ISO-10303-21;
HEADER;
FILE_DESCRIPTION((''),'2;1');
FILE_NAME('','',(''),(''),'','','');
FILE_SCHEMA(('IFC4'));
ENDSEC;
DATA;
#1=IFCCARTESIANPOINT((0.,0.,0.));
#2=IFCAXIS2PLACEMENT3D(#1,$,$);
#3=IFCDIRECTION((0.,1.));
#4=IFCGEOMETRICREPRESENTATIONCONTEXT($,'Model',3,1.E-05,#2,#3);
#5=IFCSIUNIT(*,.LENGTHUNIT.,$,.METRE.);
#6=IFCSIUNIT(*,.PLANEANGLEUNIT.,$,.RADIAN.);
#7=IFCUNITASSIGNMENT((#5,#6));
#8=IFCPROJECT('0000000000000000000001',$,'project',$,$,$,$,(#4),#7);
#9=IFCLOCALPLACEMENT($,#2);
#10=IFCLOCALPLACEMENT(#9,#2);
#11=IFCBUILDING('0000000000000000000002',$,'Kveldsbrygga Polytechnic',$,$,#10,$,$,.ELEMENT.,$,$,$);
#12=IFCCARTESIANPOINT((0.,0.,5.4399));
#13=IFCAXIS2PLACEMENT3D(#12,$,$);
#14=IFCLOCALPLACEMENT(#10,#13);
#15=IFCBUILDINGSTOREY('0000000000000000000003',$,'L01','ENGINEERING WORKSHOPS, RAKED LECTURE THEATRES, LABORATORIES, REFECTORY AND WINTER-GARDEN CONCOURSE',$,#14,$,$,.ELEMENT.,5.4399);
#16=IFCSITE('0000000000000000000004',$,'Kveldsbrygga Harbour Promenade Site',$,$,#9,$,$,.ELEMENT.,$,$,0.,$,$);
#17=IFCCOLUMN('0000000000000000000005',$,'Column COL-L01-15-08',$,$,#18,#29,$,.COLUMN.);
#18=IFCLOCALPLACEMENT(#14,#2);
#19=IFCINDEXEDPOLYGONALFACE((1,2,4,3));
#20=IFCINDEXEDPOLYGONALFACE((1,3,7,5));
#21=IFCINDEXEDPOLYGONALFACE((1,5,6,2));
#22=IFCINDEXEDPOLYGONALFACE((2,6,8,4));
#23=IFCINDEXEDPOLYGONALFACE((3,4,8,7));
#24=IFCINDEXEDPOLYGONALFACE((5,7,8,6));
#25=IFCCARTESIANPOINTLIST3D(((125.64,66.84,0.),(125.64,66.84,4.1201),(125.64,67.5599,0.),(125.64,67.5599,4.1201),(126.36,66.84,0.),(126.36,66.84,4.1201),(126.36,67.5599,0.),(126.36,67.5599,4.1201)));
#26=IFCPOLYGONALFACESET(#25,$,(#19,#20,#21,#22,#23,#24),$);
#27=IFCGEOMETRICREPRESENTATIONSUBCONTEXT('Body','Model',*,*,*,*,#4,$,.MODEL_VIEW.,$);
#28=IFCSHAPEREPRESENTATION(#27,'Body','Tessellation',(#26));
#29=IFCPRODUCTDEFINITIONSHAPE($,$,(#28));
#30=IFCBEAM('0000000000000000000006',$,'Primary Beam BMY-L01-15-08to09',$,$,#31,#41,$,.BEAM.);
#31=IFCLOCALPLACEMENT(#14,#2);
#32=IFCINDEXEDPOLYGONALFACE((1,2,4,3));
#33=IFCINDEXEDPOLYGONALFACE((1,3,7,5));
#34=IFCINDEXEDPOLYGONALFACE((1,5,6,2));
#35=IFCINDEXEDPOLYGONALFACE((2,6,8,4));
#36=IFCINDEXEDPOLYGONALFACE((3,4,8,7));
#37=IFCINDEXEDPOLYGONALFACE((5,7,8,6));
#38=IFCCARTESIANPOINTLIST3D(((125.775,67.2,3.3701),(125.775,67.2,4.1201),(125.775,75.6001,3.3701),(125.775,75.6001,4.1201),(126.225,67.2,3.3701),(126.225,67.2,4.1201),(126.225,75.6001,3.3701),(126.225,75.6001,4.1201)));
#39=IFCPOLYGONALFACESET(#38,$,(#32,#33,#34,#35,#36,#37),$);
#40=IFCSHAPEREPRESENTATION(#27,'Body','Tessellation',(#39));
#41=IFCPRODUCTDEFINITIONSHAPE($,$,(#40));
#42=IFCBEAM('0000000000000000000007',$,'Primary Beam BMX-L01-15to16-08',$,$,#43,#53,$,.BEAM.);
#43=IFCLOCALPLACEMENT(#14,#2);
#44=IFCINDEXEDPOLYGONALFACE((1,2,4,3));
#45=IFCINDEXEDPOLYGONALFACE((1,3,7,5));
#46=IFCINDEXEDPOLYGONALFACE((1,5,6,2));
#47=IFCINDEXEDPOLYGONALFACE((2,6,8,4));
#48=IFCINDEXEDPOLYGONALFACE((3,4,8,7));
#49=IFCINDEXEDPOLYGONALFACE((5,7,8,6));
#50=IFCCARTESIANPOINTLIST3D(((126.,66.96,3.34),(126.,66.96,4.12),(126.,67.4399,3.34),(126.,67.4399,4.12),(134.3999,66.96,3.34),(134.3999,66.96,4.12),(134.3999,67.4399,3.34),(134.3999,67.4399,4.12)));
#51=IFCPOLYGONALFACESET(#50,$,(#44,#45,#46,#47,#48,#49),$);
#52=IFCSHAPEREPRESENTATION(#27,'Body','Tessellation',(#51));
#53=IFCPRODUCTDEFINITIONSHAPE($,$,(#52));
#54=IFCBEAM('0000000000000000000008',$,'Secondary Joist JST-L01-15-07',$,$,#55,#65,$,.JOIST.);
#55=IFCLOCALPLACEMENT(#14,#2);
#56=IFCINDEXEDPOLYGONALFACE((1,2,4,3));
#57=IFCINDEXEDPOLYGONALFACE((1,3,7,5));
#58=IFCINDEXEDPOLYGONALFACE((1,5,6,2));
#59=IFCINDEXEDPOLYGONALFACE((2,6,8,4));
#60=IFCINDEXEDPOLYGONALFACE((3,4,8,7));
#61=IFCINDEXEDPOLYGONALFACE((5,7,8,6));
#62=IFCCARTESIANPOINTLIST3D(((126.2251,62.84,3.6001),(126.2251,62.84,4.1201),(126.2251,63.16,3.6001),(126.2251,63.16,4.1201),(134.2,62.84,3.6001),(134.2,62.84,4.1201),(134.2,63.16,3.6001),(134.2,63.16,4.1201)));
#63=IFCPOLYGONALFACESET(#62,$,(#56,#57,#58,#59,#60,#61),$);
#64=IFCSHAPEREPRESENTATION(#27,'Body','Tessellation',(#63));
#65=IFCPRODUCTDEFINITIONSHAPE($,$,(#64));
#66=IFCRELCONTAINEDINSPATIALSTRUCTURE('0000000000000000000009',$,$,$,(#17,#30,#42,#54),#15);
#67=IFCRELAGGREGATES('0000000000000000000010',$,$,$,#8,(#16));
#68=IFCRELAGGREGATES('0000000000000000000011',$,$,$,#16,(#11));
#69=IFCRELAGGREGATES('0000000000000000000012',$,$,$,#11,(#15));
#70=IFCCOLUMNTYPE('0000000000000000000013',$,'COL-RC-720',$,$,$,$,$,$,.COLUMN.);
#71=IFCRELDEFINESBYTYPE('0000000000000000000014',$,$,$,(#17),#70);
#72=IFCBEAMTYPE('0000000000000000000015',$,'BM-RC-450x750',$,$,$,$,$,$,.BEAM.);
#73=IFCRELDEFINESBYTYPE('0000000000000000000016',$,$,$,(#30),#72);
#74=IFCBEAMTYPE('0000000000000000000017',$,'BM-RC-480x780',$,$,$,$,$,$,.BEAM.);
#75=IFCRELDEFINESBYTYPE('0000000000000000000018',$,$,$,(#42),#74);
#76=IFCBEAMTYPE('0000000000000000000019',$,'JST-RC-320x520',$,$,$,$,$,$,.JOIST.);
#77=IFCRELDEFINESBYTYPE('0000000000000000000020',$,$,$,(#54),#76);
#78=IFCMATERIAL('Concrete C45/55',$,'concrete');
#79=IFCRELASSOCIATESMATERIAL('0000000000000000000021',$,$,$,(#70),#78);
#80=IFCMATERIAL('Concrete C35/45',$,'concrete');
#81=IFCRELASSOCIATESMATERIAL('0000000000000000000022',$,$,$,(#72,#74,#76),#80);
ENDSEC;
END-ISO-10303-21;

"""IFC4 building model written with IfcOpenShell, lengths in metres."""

from ifc_helpers import new_model, si_unit, direction, frame, origin, origin_2d, place, context, subcontext, project, spatial, rectangle, extrude, material, material_profile, profile_set, type_object, element, save


model = new_model("IFC4")

# Units and contexts
model_context = context("Model", 3, precision=1e-05, world=origin(), true_north=direction((0.0, 1.0)))
body_context = subcontext(model_context, "Body", "Model", "MODEL_VIEW")
ifc_project = project(units=[si_unit("LENGTHUNIT", "METRE"), si_unit("PLANEANGLEUNIT", "RADIAN")], contexts=[model_context])

# Site, building, storey
site_placement = place(None, origin())
site = spatial("IfcSite", under=ifc_project, at=site_placement, Name="Kveldsbrygga Harbour Promenade Site", CompositionType="ELEMENT", RefElevation=0.0)
building_placement = place(site_placement, origin())
building = spatial("IfcBuilding", under=site, at=building_placement, Name="Kveldsbrygga Polytechnic", CompositionType="ELEMENT")
storey_placement = place(building_placement, frame((0.0, 0.0, 5.4399)))
storey = spatial("IfcBuildingStorey", under=building, at=storey_placement, Name="L01", Description="ENGINEERING WORKSHOPS, RAKED LECTURE THEATRES, LABORATORIES, REFECTORY AND WINTER-GARDEN CONCOURSE", CompositionType="ELEMENT", Elevation=5.4399)

# Column
ifc_material_1 = material(Name="Concrete C45/55", Category="concrete")
ifc_material_profile_1 = material_profile(ifc_material_1, rectangle(XDim=0.72, YDim=0.72, at=origin_2d()), Name="RC 720x720")
ifc_profile_set_1 = profile_set([ifc_material_profile_1], Name="Concrete C45/55")
column_type = type_object("IfcColumnType", Name="COL-RC-720", PredefinedType="COLUMN", material=ifc_profile_set_1)
column_placement = place(storey_placement, frame((126.0, 67.2, 0.0), z_axis=(0.0, 0.0, 1.0), x_axis=(1.0, 0.0, 0.0)))
element("IfcColumn", 1, at=column_placement, inside=storey, type_object=column_type, Name="Column COL-L01-15-08", PredefinedType="COLUMN", context=body_context, shape_type="SweptSolid", body=[
    extrude(rectangle(XDim=0.72, YDim=0.72, at=origin_2d()), origin(), (0.0, 0.0, 1.0), 4.1201),
])

# Beams
ifc_material_2 = material(Name="Concrete C35/45", Category="concrete")
ifc_material_profile_2 = material_profile(ifc_material_2, rectangle(XDim=0.45, YDim=0.75, at=origin_2d()), Name="RC 450x750")
ifc_profile_set_2 = profile_set([ifc_material_profile_2], Name="Concrete C35/45")
beam_type_1 = type_object("IfcBeamType", Name="BM-RC-450x750", PredefinedType="BEAM", material=ifc_profile_set_2)
beam_1_placement = place(storey_placement, frame((126.0, 67.2, 3.7451), z_axis=(0.0, 1.0, 0.0), x_axis=(-1.0, 0.0, 0.0)))
element("IfcBeam", 2, at=beam_1_placement, inside=storey, type_object=beam_type_1, Name="Primary Beam BMY-L01-15-08to09", PredefinedType="BEAM", context=body_context, shape_type="SweptSolid", body=[
    extrude(rectangle(XDim=0.45, YDim=0.75, at=origin_2d()), origin(), (0.0, 0.0, 1.0), 8.4001),
])
ifc_material_profile_3 = material_profile(ifc_material_2, rectangle(XDim=0.48, YDim=0.78, at=origin_2d()), Name="RC 480x780")
ifc_profile_set_3 = profile_set([ifc_material_profile_3], Name="Concrete C35/45")
beam_type_2 = type_object("IfcBeamType", Name="BM-RC-480x780", PredefinedType="BEAM", material=ifc_profile_set_3)
beam_2_placement = place(storey_placement, frame((126.0, 67.2, 3.73), z_axis=(1.0, 0.0, 0.0), x_axis=(0.0, 1.0, 0.0)))
element("IfcBeam", 3, at=beam_2_placement, inside=storey, type_object=beam_type_2, Name="Primary Beam BMX-L01-15to16-08", PredefinedType="BEAM", context=body_context, shape_type="SweptSolid", body=[
    extrude(rectangle(XDim=0.48, YDim=0.78, at=origin_2d()), origin(), (0.0, 0.0, 1.0), 8.3999),
])
ifc_material_profile_4 = material_profile(ifc_material_2, rectangle(XDim=0.3201, YDim=0.52, at=origin_2d()), Name="RC 320x520")
ifc_profile_set_4 = profile_set([ifc_material_profile_4], Name="Concrete C35/45")
beam_type_3 = type_object("IfcBeamType", Name="JST-RC-320x520", PredefinedType="JOIST", material=ifc_profile_set_4)
beam_3_placement = place(storey_placement, frame((126.2251, 63.0, 3.8601), z_axis=(1.0, 0.0, 0.0), x_axis=(0.0, 1.0, 0.0)))
element("IfcBeam", 4, at=beam_3_placement, inside=storey, type_object=beam_type_3, Name="Secondary Joist JST-L01-15-07", PredefinedType="JOIST", context=body_context, shape_type="SweptSolid", body=[
    extrude(rectangle(XDim=0.3201, YDim=0.52, at=origin_2d()), origin(), (0.0, 0.0, 1.0), 7.9749),
])

save(model, "model.ifc")
